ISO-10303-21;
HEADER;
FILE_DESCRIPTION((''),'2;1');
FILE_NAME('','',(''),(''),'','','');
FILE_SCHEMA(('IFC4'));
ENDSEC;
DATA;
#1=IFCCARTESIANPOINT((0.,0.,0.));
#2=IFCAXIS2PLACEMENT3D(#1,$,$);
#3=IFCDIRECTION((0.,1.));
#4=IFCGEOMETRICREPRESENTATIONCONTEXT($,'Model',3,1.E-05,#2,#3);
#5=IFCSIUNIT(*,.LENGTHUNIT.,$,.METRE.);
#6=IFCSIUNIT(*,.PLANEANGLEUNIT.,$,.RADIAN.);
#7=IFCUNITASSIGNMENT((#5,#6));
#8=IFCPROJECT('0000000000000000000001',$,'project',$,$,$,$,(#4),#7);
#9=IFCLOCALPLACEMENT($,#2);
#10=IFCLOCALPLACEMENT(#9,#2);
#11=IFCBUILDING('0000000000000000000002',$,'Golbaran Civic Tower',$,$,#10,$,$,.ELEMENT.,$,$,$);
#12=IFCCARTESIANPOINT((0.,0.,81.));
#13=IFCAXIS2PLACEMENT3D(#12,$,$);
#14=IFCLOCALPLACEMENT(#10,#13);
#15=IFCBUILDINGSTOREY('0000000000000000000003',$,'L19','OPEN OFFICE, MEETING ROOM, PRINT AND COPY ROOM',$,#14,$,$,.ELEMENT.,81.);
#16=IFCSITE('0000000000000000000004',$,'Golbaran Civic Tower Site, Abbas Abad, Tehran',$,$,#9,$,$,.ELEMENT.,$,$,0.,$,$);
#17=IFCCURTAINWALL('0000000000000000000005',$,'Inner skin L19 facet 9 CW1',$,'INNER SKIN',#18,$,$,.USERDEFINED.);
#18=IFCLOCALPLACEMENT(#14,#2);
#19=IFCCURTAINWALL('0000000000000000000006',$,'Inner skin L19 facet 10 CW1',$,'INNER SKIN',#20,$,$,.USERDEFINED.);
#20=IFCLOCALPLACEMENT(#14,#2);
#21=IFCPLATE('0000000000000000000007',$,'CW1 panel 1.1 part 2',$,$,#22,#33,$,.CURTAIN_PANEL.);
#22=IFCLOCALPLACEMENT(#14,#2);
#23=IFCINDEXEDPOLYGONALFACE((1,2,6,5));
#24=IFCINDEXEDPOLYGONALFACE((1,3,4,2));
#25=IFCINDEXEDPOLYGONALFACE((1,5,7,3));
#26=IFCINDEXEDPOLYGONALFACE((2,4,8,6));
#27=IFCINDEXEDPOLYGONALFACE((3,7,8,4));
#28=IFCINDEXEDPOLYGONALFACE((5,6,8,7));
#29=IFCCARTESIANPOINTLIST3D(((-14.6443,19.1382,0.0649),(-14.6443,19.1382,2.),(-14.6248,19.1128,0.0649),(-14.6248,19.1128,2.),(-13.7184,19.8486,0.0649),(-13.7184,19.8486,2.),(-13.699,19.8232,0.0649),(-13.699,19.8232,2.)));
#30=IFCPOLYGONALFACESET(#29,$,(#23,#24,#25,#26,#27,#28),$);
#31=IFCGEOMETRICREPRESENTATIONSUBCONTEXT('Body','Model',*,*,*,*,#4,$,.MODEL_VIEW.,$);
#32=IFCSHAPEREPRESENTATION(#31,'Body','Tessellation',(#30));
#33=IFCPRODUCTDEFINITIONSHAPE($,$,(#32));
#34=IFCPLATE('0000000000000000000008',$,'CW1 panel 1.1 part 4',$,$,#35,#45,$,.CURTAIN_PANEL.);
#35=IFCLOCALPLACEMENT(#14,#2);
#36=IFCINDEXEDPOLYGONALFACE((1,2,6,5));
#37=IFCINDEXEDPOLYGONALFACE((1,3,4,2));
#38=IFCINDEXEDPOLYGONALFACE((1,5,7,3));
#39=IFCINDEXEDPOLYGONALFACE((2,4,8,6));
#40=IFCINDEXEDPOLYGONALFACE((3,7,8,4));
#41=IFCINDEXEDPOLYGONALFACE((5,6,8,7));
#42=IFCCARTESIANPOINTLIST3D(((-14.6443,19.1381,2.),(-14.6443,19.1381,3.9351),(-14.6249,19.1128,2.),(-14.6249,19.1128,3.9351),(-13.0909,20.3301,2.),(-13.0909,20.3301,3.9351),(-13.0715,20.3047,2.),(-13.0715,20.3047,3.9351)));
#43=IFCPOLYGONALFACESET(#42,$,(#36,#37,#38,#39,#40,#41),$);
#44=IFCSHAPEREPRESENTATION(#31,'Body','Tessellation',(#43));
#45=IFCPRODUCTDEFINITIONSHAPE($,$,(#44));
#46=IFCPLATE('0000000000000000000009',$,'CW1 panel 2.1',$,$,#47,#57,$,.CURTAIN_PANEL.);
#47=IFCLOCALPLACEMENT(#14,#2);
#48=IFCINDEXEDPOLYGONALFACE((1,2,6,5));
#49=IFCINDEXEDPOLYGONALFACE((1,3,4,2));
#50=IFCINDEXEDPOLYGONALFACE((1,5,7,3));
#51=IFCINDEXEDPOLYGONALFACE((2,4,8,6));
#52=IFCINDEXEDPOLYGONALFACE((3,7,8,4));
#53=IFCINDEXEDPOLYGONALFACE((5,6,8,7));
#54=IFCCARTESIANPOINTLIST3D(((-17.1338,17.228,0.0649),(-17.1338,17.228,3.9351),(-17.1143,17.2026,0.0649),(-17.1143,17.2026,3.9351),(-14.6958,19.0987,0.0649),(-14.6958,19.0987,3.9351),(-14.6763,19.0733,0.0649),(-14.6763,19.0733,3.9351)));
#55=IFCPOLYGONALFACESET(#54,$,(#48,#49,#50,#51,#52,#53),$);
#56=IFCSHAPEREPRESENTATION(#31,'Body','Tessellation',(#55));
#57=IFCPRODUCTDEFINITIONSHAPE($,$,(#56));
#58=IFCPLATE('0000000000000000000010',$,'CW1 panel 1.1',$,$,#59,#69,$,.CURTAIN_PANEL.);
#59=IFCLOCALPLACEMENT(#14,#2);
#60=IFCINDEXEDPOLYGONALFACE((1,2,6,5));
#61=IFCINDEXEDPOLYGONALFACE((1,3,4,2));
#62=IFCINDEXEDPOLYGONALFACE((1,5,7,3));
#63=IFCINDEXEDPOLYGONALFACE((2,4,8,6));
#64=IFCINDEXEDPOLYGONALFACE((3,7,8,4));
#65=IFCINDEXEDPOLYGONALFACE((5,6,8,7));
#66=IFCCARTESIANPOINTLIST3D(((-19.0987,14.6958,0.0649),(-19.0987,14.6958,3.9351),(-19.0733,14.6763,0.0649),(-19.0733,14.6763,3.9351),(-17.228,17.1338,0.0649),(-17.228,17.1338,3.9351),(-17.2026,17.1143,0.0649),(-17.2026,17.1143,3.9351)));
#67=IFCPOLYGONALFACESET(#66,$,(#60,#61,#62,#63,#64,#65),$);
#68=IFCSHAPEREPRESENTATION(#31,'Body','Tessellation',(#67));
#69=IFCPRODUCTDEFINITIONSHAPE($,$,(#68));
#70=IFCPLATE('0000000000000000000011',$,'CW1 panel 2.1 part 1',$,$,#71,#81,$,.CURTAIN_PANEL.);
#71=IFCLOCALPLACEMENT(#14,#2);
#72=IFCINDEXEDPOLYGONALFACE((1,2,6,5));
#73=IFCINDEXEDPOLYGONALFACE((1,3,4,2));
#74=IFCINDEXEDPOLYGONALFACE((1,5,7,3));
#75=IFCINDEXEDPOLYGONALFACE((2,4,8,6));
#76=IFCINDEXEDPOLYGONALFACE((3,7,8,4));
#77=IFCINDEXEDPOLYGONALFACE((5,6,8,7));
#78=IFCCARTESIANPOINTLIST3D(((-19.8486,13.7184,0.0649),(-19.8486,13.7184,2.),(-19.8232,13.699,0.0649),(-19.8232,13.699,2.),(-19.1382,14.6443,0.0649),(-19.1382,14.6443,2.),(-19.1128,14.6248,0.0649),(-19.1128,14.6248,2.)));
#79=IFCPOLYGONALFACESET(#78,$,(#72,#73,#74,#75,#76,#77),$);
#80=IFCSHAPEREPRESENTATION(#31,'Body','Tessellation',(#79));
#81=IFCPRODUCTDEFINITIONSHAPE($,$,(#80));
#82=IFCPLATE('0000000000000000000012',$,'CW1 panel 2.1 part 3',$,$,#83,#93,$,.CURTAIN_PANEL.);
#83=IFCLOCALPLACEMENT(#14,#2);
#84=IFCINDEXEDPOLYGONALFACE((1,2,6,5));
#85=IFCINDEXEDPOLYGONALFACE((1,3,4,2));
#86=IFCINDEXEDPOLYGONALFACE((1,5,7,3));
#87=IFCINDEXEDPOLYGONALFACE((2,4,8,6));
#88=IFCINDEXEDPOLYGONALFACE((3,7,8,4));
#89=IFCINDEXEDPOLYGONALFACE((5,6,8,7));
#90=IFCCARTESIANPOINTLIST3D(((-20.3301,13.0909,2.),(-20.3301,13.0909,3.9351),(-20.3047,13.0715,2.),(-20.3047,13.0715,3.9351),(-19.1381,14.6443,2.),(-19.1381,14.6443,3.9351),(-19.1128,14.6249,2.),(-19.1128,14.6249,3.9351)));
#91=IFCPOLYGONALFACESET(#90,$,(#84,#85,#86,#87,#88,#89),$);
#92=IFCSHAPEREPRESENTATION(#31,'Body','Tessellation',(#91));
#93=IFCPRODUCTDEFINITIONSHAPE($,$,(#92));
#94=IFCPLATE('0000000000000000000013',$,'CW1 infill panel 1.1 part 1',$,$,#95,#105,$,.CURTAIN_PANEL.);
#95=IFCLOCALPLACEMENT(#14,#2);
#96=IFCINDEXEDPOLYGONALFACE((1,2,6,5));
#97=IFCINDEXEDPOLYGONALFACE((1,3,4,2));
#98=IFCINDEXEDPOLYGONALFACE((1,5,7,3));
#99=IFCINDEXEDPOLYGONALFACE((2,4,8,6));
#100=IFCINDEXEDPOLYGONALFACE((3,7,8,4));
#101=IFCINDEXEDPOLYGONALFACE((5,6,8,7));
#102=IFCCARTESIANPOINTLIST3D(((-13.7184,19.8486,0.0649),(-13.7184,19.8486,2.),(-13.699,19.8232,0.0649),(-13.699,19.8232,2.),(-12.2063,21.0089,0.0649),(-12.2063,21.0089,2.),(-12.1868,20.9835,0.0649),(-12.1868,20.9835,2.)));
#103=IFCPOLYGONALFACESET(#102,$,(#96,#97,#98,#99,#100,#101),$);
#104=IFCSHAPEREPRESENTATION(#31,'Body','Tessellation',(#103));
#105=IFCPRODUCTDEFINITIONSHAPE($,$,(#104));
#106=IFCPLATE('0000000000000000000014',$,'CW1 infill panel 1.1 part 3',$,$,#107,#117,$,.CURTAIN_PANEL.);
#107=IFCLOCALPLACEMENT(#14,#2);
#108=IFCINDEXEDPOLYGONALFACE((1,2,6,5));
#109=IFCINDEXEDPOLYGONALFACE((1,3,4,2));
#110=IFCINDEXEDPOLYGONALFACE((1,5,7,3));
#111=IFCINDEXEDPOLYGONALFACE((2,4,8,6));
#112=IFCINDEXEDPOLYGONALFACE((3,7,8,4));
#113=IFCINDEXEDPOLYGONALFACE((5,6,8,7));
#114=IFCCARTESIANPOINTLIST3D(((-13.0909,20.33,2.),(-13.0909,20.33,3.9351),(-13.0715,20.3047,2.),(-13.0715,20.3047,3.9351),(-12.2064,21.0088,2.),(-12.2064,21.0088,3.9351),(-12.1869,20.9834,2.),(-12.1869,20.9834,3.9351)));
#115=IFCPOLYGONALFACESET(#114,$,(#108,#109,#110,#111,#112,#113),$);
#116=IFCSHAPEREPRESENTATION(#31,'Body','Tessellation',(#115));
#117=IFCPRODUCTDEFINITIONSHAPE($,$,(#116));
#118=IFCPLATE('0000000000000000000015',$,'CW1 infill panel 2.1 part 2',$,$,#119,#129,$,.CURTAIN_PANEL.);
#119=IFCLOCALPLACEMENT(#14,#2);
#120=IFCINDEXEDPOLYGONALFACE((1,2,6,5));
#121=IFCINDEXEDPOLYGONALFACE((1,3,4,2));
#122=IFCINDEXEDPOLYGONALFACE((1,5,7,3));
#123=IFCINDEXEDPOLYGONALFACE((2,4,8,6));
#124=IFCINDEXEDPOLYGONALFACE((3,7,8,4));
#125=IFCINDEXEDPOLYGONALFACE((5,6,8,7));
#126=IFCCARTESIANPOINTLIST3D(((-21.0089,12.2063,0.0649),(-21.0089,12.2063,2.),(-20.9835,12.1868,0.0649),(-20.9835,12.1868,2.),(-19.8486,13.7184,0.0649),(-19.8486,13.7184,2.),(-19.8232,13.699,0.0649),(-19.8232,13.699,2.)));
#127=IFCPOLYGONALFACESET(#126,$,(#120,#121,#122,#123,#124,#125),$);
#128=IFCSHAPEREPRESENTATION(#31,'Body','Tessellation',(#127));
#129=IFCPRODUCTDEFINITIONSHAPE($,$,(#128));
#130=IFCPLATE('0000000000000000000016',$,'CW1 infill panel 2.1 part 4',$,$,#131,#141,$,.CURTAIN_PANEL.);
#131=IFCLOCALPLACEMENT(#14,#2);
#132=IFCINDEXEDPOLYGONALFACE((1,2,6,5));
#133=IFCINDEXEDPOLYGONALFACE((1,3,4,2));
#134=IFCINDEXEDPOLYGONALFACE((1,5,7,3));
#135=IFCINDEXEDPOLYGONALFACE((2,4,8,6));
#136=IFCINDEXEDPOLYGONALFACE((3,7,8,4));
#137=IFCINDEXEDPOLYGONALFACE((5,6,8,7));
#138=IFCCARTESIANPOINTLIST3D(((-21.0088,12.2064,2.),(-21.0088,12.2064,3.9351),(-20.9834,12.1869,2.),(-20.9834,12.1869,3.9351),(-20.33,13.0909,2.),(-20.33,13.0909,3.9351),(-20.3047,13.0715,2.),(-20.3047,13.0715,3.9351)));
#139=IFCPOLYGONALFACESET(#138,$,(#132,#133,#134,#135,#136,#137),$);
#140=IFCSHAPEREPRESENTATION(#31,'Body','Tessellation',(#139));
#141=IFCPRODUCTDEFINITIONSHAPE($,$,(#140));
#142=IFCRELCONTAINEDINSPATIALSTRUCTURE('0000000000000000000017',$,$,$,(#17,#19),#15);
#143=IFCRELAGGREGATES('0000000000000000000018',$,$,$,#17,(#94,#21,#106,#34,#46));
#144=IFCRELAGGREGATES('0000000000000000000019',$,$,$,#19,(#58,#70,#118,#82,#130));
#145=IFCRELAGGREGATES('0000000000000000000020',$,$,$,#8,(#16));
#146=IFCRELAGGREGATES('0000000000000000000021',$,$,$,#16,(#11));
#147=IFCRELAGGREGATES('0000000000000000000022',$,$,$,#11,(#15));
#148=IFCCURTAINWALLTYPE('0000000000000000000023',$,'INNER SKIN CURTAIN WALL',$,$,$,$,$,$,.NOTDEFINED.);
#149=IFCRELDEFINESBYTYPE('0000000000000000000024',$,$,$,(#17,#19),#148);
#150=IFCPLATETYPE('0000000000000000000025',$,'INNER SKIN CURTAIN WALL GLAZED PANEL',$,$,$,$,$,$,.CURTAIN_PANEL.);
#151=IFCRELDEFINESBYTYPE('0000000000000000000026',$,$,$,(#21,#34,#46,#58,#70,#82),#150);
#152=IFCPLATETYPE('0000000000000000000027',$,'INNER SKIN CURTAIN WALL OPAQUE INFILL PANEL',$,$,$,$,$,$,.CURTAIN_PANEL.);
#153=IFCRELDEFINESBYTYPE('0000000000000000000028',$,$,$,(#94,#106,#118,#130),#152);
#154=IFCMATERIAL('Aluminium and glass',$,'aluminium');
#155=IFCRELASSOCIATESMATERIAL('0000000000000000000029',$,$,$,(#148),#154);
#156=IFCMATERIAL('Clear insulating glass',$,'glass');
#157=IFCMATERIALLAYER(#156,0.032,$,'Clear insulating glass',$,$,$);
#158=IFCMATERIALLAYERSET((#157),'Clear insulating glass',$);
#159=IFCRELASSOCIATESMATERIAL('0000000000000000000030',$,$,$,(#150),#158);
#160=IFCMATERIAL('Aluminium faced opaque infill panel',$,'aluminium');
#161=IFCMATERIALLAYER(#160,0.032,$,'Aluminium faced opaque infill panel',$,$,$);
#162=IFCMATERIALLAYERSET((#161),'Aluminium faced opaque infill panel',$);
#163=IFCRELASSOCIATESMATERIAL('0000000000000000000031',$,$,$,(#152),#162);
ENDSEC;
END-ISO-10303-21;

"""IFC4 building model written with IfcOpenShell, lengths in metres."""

from ifc_helpers import new_model, si_unit, direction, frame, origin, origin_2d, place, context, subcontext, project, spatial, rectangle, extrude, material, layer, layer_set, type_object, element, aggregate, save


model = new_model("IFC4")

# Units and contexts
model_context = context("Model", 3, precision=1e-05, world=origin(), true_north=direction((0.0, 1.0)))
body_context = subcontext(model_context, "Body", "Model", "MODEL_VIEW")
ifc_project = project(units=[si_unit("LENGTHUNIT", "METRE"), si_unit("PLANEANGLEUNIT", "RADIAN")], contexts=[model_context])

# Site, building, storey
site_placement = place(None, origin())
site = spatial("IfcSite", under=ifc_project, at=site_placement, Name="Golbaran Civic Tower Site, Abbas Abad, Tehran", CompositionType="ELEMENT", RefElevation=0.0)
building_placement = place(site_placement, origin())
building = spatial("IfcBuilding", under=site, at=building_placement, Name="Golbaran Civic Tower", CompositionType="ELEMENT")
storey_placement = place(building_placement, frame((0.0, 0.0, 81.0)))
storey = spatial("IfcBuildingStorey", under=building, at=storey_placement, Name="L19", Description="OPEN OFFICE, MEETING ROOM, PRINT AND COPY ROOM", CompositionType="ELEMENT", Elevation=81.0)

# Shared definitions
ifc_material_1 = material(Name="Aluminium and glass", Category="aluminium")
curtain_wall_type = type_object("IfcCurtainWallType", Name="INNER SKIN CURTAIN WALL", PredefinedType="NOTDEFINED", material=ifc_material_1)

# Curtain walls
curtain_wall_1_placement = place(storey_placement, origin())
curtain_wall_1 = element("IfcCurtainWall", 1, at=curtain_wall_1_placement, inside=storey, type_object=curtain_wall_type, Name="Inner skin L19 facet 9 CW1", ObjectType="INNER SKIN", PredefinedType="USERDEFINED")
curtain_wall_2_placement = place(storey_placement, origin())
curtain_wall_2 = element("IfcCurtainWall", 2, at=curtain_wall_2_placement, inside=storey, type_object=curtain_wall_type, Name="Inner skin L19 facet 10 CW1", ObjectType="INNER SKIN", PredefinedType="USERDEFINED")

# Plates
ifc_material_2 = material(Name="Clear insulating glass", Category="glass")
ifc_layer_1 = layer(ifc_material_2, 0.032, Name="Clear insulating glass")
ifc_layer_set_1 = layer_set([ifc_layer_1], Name="Clear insulating glass")
plate_type_1 = type_object("IfcPlateType", Name="INNER SKIN CURTAIN WALL GLAZED PANEL", PredefinedType="CURTAIN_PANEL", material=ifc_layer_set_1)
plate_1_placement = place(storey_placement, frame((-14.1716, 19.4807, 0.0649), z_axis=(0.0, 0.0, 1.0), x_axis=(-0.793353, -0.608761, 0.0)))
plate_1 = element("IfcPlate", 3, at=plate_1_placement, type_object=plate_type_1, Name="CW1 panel 1.1 part 2", PredefinedType="CURTAIN_PANEL", context=body_context, shape_type="SweptSolid", body=[
    extrude(rectangle(XDim=1.167, YDim=0.032, at=origin_2d()), origin(), (0.0, 0.0, 1.0), 1.9351),
])
plate_2_placement = place(storey_placement, frame((-13.8579, 19.7214, 2.0), z_axis=(0.0, 0.0, 1.0), x_axis=(-0.793353, -0.608761, 0.0)))
plate_2 = element("IfcPlate", 4, at=plate_2_placement, type_object=plate_type_1, Name="CW1 panel 1.1 part 4", PredefinedType="CURTAIN_PANEL", context=body_context, shape_type="SweptSolid", body=[
    extrude(rectangle(XDim=1.958, YDim=0.032, at=origin_2d()), origin(), (0.0, 0.0, 1.0), 1.9351),
])
plate_3_placement = place(storey_placement, frame((-15.905, 18.1506, 0.0649), z_axis=(0.0, 0.0, 1.0), x_axis=(-0.793353, -0.608761, 0.0)))
plate_3 = element("IfcPlate", 5, at=plate_3_placement, type_object=plate_type_1, Name="CW1 panel 2.1", PredefinedType="CURTAIN_PANEL", context=body_context, shape_type="SweptSolid", body=[
    extrude(rectangle(XDim=3.073, YDim=0.032, at=origin_2d()), origin(), (0.0, 0.0, 1.0), 3.8701),
])
plate_4_placement = place(storey_placement, frame((-18.1506, 15.905, 0.0649), z_axis=(0.0, 0.0, 1.0), x_axis=(-0.608761, -0.793353, 0.0)))
plate_4 = element("IfcPlate", 6, at=plate_4_placement, type_object=plate_type_1, Name="CW1 panel 1.1", PredefinedType="CURTAIN_PANEL", context=body_context, shape_type="SweptSolid", body=[
    extrude(rectangle(XDim=3.073, YDim=0.032, at=origin_2d()), origin(), (0.0, 0.0, 1.0), 3.8701),
])
plate_5_placement = place(storey_placement, frame((-19.4807, 14.1716, 0.0649), z_axis=(0.0, 0.0, 1.0), x_axis=(-0.608761, -0.793353, 0.0)))
plate_5 = element("IfcPlate", 7, at=plate_5_placement, type_object=plate_type_1, Name="CW1 panel 2.1 part 1", PredefinedType="CURTAIN_PANEL", context=body_context, shape_type="SweptSolid", body=[
    extrude(rectangle(XDim=1.167, YDim=0.032, at=origin_2d()), origin(), (0.0, 0.0, 1.0), 1.9351),
])
plate_6_placement = place(storey_placement, frame((-19.7214, 13.8579, 2.0), z_axis=(0.0, 0.0, 1.0), x_axis=(-0.608761, -0.793353, 0.0)))
plate_6 = element("IfcPlate", 8, at=plate_6_placement, type_object=plate_type_1, Name="CW1 panel 2.1 part 3", PredefinedType="CURTAIN_PANEL", context=body_context, shape_type="SweptSolid", body=[
    extrude(rectangle(XDim=1.958, YDim=0.032, at=origin_2d()), origin(), (0.0, 0.0, 1.0), 1.9351),
])
ifc_material_3 = material(Name="Aluminium faced opaque infill panel", Category="aluminium")
ifc_layer_2 = layer(ifc_material_3, 0.032, Name="Aluminium faced opaque infill panel")
ifc_layer_set_2 = layer_set([ifc_layer_2], Name="Aluminium faced opaque infill panel")
plate_type_2 = type_object("IfcPlateType", Name="INNER SKIN CURTAIN WALL OPAQUE INFILL PANEL", PredefinedType="CURTAIN_PANEL", material=ifc_layer_set_2)
plate_7_placement = place(storey_placement, frame((-12.9526, 20.416, 0.0649), z_axis=(0.0, 0.0, 1.0), x_axis=(-0.793353, -0.608761, 0.0)))
plate_7 = element("IfcPlate", 9, at=plate_7_placement, type_object=plate_type_2, Name="CW1 infill panel 1.1 part 1", PredefinedType="CURTAIN_PANEL", context=body_context, shape_type="SweptSolid", body=[
    extrude(rectangle(XDim=1.906, YDim=0.032, at=origin_2d()), origin(), (0.0, 0.0, 1.0), 1.9351),
])
plate_8_placement = place(storey_placement, frame((-12.6389, 20.6567, 2.0), z_axis=(0.0, 0.0, 1.0), x_axis=(-0.793353, -0.608761, 0.0)))
plate_8 = element("IfcPlate", 10, at=plate_8_placement, type_object=plate_type_2, Name="CW1 infill panel 1.1 part 3", PredefinedType="CURTAIN_PANEL", context=body_context, shape_type="SweptSolid", body=[
    extrude(rectangle(XDim=1.115, YDim=0.032, at=origin_2d()), origin(), (0.0, 0.0, 1.0), 1.9351),
])
aggregate(curtain_wall_1, [plate_7, plate_1, plate_8, plate_2, plate_3])
plate_9_placement = place(storey_placement, frame((-20.416, 12.9526, 0.0649), z_axis=(0.0, 0.0, 1.0), x_axis=(-0.608761, -0.793353, 0.0)))
plate_9 = element("IfcPlate", 11, at=plate_9_placement, type_object=plate_type_2, Name="CW1 infill panel 2.1 part 2", PredefinedType="CURTAIN_PANEL", context=body_context, shape_type="SweptSolid", body=[
    extrude(rectangle(XDim=1.906, YDim=0.032, at=origin_2d()), origin(), (0.0, 0.0, 1.0), 1.9351),
])
plate_10_placement = place(storey_placement, frame((-20.6567, 12.6389, 2.0), z_axis=(0.0, 0.0, 1.0), x_axis=(-0.608761, -0.793353, 0.0)))
plate_10 = element("IfcPlate", 12, at=plate_10_placement, type_object=plate_type_2, Name="CW1 infill panel 2.1 part 4", PredefinedType="CURTAIN_PANEL", context=body_context, shape_type="SweptSolid", body=[
    extrude(rectangle(XDim=1.115, YDim=0.032, at=origin_2d()), origin(), (0.0, 0.0, 1.0), 1.9351),
])
aggregate(curtain_wall_2, [plate_4, plate_5, plate_9, plate_6, plate_10])

save(model, "model.ifc")
